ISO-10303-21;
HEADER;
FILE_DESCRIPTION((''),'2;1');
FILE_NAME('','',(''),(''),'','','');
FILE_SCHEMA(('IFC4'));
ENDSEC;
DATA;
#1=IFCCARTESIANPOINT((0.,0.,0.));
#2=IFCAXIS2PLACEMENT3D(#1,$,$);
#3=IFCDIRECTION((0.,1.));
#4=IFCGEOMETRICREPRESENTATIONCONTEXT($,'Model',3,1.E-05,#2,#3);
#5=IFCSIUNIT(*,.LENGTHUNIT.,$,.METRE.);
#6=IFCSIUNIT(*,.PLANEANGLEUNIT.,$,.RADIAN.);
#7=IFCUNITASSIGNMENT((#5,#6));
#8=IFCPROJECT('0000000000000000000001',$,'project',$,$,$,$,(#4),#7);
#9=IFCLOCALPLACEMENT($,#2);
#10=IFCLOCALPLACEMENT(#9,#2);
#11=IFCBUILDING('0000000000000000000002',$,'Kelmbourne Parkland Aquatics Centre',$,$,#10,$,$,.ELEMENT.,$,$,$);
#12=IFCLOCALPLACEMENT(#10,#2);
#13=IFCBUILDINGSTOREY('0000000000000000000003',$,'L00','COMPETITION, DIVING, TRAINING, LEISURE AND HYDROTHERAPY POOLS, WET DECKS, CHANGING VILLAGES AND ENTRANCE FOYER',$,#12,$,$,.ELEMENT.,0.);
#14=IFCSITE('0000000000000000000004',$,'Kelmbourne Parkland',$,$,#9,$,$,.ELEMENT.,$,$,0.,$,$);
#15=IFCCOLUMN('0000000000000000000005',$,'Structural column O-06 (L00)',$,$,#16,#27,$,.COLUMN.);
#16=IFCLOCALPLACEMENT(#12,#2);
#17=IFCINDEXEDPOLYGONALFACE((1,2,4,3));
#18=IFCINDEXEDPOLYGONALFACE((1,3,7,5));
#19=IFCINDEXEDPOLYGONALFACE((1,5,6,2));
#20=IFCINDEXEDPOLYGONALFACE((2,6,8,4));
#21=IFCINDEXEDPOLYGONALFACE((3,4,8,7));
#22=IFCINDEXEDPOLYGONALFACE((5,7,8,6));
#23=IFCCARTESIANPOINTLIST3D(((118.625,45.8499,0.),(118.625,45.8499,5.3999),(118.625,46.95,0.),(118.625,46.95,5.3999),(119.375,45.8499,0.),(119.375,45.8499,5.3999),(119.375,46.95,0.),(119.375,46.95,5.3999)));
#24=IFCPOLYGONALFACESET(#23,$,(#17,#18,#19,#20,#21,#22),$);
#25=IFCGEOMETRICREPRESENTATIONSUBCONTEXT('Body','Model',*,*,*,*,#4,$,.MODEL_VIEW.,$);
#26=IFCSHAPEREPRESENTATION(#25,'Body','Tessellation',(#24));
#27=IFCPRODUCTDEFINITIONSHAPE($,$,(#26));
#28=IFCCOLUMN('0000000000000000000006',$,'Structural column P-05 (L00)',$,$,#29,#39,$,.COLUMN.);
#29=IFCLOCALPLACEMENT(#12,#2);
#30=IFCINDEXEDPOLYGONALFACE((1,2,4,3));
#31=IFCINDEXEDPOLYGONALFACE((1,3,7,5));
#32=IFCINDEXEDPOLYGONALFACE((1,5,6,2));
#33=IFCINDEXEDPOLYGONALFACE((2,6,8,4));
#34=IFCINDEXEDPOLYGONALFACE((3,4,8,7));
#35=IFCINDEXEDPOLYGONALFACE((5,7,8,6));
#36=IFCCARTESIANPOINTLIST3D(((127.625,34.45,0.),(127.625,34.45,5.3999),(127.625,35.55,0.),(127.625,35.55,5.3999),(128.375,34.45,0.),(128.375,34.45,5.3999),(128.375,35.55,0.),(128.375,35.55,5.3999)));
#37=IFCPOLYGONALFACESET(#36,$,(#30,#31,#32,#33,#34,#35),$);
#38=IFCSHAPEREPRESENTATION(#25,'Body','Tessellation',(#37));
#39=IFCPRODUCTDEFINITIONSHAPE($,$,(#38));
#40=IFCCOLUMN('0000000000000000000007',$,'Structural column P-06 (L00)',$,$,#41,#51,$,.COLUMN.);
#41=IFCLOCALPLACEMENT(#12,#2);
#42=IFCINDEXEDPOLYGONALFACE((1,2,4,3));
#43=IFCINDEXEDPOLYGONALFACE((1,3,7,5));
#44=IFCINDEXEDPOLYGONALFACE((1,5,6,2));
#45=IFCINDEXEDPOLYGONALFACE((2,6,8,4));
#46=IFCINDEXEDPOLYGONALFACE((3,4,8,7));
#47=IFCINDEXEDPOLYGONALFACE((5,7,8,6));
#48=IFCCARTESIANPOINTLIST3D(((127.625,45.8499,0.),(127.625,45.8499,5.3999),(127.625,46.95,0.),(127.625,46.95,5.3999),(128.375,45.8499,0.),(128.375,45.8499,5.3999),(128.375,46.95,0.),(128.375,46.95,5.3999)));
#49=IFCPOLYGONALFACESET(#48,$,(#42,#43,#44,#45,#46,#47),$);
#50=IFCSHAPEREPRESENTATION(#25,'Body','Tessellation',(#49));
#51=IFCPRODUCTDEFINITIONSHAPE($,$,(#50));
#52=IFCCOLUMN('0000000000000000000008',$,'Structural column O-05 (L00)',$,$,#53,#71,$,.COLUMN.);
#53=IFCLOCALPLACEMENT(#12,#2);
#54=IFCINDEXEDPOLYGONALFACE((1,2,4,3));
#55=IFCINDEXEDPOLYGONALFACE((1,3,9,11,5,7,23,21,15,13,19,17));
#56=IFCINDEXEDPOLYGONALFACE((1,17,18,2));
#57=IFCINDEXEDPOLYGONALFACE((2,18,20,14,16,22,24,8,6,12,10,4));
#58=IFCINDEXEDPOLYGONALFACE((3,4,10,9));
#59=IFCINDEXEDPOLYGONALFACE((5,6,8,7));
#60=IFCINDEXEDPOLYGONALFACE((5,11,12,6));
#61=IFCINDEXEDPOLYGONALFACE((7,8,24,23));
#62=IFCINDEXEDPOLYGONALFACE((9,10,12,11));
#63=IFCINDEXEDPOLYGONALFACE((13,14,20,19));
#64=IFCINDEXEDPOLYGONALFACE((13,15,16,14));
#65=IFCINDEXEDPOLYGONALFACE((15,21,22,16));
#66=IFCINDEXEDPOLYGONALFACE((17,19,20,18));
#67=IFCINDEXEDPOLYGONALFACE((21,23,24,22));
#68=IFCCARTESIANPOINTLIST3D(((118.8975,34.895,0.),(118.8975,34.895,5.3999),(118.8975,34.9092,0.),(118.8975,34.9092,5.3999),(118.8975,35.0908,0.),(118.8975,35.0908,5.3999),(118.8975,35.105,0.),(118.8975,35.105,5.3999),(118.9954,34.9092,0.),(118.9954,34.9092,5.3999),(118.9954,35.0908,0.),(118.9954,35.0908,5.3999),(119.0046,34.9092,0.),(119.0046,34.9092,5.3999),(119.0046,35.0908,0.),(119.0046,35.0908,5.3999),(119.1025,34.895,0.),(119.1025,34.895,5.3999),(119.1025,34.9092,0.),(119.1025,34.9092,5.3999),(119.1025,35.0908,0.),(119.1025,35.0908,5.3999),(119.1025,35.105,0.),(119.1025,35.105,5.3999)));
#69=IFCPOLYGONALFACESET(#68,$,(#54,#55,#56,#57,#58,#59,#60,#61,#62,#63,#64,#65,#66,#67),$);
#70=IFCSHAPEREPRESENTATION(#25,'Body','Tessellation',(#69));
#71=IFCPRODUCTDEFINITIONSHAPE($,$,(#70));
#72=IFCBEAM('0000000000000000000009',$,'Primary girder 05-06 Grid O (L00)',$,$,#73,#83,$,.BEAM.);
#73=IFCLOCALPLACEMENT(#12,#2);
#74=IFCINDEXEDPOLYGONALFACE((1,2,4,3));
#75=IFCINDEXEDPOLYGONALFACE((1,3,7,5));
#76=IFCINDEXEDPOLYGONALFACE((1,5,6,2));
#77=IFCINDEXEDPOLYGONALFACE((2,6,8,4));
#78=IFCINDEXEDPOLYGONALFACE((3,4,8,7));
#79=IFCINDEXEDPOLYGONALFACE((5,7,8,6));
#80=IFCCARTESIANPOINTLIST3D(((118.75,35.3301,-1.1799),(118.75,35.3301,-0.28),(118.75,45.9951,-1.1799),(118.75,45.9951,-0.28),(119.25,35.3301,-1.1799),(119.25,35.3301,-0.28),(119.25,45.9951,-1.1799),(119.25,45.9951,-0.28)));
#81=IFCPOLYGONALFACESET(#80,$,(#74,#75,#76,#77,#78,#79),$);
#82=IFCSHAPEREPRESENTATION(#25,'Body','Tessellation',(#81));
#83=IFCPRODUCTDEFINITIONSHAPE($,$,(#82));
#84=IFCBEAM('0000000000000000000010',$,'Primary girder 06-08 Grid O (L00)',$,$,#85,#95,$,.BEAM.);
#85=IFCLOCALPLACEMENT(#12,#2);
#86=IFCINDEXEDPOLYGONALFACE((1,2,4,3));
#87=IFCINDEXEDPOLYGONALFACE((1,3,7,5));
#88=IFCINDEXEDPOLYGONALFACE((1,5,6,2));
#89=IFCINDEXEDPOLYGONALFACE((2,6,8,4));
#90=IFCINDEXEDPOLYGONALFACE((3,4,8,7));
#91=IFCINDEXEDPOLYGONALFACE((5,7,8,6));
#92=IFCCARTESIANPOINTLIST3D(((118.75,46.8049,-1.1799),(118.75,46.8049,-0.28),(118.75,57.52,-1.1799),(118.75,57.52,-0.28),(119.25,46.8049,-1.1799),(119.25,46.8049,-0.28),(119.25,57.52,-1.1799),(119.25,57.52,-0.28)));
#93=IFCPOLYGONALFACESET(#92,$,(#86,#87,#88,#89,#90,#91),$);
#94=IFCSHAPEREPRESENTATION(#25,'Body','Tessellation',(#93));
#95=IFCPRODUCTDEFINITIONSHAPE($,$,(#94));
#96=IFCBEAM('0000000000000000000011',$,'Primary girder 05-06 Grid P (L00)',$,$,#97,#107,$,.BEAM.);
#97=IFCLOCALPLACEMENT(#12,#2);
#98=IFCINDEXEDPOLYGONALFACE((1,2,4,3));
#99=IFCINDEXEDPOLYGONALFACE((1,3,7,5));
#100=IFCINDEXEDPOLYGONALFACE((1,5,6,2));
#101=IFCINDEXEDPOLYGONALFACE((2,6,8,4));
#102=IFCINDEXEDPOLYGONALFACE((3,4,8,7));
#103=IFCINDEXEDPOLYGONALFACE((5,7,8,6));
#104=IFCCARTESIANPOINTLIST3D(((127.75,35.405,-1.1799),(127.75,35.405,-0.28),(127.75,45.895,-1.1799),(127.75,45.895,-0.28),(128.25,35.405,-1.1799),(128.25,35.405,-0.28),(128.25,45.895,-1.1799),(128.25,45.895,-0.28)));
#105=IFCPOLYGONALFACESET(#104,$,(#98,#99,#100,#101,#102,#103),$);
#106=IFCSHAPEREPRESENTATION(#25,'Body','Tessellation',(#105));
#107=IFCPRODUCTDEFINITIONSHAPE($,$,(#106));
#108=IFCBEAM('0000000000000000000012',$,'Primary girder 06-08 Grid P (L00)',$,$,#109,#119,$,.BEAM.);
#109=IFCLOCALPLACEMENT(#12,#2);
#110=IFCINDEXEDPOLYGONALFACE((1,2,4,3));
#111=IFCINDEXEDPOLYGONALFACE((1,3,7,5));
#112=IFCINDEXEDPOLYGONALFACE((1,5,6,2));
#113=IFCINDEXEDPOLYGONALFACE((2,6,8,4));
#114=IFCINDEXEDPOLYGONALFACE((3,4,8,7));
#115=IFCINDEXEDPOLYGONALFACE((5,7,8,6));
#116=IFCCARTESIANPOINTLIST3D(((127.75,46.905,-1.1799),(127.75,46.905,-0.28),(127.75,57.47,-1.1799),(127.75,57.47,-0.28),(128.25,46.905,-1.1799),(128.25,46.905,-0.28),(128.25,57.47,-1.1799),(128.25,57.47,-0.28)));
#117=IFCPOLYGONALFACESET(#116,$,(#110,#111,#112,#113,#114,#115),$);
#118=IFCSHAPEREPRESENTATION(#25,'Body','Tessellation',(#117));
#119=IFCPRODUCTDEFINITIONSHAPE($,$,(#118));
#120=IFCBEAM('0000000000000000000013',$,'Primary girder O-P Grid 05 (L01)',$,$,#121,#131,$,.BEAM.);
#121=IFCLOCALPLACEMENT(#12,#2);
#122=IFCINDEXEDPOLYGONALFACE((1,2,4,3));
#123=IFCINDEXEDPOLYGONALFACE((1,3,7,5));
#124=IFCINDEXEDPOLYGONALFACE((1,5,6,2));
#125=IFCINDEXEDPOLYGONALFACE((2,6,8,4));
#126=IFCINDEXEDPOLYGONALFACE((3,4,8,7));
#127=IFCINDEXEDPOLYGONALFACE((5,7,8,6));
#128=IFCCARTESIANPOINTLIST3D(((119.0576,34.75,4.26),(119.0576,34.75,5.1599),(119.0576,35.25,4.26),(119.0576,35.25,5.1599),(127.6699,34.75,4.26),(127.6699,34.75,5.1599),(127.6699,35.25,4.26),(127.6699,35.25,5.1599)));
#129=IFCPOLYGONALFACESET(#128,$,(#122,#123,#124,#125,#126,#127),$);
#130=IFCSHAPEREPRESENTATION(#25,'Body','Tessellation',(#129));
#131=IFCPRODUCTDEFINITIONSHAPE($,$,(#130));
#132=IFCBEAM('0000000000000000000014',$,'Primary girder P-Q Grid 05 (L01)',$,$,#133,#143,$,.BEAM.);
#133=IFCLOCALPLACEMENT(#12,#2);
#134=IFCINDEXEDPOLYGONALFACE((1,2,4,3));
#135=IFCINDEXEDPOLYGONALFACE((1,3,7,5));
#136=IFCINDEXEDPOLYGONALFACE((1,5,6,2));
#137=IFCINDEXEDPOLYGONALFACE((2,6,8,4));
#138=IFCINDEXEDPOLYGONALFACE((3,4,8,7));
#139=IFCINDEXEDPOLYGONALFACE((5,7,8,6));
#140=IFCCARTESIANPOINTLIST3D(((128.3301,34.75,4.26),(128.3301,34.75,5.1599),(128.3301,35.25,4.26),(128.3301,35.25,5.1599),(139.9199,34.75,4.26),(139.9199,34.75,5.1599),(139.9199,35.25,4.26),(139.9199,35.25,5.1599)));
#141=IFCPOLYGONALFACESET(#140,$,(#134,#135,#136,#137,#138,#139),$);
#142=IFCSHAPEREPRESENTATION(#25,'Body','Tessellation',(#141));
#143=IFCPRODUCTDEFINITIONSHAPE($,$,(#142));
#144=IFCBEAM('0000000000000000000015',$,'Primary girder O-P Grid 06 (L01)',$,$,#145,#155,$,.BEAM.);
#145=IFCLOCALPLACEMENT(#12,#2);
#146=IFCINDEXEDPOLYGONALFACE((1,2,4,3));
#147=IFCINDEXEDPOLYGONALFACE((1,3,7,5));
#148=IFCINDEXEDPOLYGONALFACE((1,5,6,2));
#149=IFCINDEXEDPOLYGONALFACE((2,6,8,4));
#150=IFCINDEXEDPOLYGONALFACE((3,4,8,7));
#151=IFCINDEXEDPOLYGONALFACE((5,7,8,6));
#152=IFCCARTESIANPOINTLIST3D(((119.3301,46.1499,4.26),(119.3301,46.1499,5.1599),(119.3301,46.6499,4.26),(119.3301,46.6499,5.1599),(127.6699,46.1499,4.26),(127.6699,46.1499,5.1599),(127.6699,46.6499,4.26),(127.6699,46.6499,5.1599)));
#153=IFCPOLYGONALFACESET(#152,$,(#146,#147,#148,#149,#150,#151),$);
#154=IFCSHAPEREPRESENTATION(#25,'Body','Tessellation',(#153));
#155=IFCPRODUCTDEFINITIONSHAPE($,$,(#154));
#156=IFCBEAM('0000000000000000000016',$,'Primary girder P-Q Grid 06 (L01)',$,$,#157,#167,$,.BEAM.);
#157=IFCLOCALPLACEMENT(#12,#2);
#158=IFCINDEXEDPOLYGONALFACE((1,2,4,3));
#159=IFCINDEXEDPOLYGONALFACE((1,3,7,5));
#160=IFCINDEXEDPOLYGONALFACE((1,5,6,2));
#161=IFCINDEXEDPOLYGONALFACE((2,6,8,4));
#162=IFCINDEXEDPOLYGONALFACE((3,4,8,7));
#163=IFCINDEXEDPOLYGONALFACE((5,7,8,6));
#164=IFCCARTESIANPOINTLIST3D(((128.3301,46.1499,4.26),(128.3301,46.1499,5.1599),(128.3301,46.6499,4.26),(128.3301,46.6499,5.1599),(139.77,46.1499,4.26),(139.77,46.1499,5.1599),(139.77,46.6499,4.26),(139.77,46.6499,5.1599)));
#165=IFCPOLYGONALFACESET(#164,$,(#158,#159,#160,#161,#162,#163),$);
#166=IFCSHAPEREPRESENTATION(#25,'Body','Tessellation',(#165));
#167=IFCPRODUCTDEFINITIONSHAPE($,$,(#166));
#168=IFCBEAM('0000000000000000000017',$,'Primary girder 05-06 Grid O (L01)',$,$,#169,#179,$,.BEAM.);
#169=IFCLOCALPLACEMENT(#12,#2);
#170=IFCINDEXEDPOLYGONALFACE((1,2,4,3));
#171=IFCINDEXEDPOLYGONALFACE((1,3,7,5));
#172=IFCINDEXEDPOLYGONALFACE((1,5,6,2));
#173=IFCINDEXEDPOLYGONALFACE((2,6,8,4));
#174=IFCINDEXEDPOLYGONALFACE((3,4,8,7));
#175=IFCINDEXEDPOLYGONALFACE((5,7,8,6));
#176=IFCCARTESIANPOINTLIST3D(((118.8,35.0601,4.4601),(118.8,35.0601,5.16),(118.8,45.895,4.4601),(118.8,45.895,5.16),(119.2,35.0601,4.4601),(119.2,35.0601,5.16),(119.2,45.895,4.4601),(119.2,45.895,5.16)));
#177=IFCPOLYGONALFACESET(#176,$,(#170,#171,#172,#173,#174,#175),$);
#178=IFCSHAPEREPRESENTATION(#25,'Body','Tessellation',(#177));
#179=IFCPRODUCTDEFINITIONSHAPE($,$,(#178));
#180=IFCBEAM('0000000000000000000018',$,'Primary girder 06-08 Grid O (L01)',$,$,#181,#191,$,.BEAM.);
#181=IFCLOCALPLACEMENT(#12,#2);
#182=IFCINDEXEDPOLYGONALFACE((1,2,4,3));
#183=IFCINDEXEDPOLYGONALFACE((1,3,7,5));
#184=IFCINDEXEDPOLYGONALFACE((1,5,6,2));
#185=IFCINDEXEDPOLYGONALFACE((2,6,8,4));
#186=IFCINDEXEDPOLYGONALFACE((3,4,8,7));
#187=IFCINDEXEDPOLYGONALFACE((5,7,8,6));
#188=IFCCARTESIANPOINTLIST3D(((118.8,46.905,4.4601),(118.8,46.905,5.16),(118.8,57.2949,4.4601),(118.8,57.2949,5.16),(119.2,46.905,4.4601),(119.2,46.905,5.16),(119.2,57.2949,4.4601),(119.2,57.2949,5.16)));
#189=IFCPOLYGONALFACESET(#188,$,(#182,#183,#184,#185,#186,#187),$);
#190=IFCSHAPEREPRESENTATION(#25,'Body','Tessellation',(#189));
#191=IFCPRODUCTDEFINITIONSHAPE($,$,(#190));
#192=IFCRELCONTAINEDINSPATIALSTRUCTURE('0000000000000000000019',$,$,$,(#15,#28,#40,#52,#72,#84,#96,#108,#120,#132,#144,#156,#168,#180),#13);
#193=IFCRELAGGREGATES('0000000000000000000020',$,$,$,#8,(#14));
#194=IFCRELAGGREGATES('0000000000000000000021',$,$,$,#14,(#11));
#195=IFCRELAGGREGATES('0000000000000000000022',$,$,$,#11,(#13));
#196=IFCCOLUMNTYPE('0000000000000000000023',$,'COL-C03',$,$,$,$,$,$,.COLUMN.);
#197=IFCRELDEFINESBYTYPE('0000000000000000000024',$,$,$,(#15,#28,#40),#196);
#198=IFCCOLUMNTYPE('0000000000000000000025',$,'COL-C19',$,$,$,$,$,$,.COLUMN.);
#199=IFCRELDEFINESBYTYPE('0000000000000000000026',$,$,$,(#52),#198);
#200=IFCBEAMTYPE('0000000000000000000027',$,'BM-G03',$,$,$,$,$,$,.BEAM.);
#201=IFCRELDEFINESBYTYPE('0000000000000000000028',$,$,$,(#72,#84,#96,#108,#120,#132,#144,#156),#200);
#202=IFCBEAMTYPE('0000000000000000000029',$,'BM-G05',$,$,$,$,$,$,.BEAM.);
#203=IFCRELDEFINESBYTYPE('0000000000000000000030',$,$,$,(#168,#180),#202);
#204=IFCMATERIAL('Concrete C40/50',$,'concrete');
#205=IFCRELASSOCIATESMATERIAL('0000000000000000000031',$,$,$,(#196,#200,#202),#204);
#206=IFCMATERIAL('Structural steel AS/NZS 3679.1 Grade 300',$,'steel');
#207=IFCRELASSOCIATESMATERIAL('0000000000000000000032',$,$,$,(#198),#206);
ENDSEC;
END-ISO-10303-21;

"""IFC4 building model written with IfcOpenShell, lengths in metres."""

from ifc_helpers import new_model, si_unit, direction, frame, origin, origin_2d, place, context, subcontext, project, spatial, rectangle, i_section, extrude, material, material_profile, profile_set, type_object, element, save


model = new_model("IFC4")

# Units and contexts
model_context = context("Model", 3, precision=1e-05, world=origin(), true_north=direction((0.0, 1.0)))
body_context = subcontext(model_context, "Body", "Model", "MODEL_VIEW")
ifc_project = project(units=[si_unit("LENGTHUNIT", "METRE"), si_unit("PLANEANGLEUNIT", "RADIAN")], contexts=[model_context])

# Site, building, storey
site_placement = place(None, origin())
site = spatial("IfcSite", under=ifc_project, at=site_placement, Name="Kelmbourne Parkland", CompositionType="ELEMENT", RefElevation=0.0)
building_placement = place(site_placement, origin())
building = spatial("IfcBuilding", under=site, at=building_placement, Name="Kelmbourne Parkland Aquatics Centre", CompositionType="ELEMENT")
storey_placement = place(building_placement, origin())
storey = spatial("IfcBuildingStorey", under=building, at=storey_placement, Name="L00", Description="COMPETITION, DIVING, TRAINING, LEISURE AND HYDROTHERAPY POOLS, WET DECKS, CHANGING VILLAGES AND ENTRANCE FOYER", CompositionType="ELEMENT", Elevation=0.0)

# Columns
ifc_material_1 = material(Name="Concrete C40/50", Category="concrete")
ifc_material_profile_1 = material_profile(ifc_material_1, rectangle(XDim=0.75, YDim=1.1001, at=origin_2d()), Name="RC 750x1100")
ifc_profile_set_1 = profile_set([ifc_material_profile_1], Name="Concrete C40/50")
column_type_1 = type_object("IfcColumnType", Name="COL-C03", PredefinedType="COLUMN", material=ifc_profile_set_1)
for number, where, z_axis, x_axis, name in (
    (1, (119.0, 46.3999, 0.0), (0.0, 0.0, 1.0), (1.0, 0.0, 0.0), "Structural column O-06 (L00)"),
    (2, (128.0, 35.0, 0.0), (0.0, 0.0, 1.0), (1.0, 0.0, 0.0), "Structural column P-05 (L00)"),
    (3, (128.0, 46.3999, 0.0), (0.0, 0.0, 1.0), (1.0, 0.0, 0.0), "Structural column P-06 (L00)"),
):
    element("IfcColumn", number, at=place(storey_placement, frame(where, z_axis=z_axis, x_axis=x_axis)), inside=storey, type_object=column_type_1, Name=name, PredefinedType="COLUMN", context=body_context, shape_type="SweptSolid", body=[
        extrude(rectangle(XDim=0.75, YDim=1.1001, at=origin_2d()), origin(), (0.0, 0.0, 1.0), 5.3999),
    ])
ifc_material_2 = material(Name="Structural steel AS/NZS 3679.1 Grade 300", Category="steel")
ifc_material_profile_2 = material_profile(ifc_material_2, i_section(OverallWidth=0.2051, OverallDepth=0.21, WebThickness=0.0093, FlangeThickness=0.0142, at=origin_2d()), Name="200UC59.5")
ifc_profile_set_2 = profile_set([ifc_material_profile_2], Name="Structural steel AS/NZS 3679.1 Grade 300")
column_type_2 = type_object("IfcColumnType", Name="COL-C19", PredefinedType="COLUMN", material=ifc_profile_set_2)
column_placement = place(storey_placement, frame((119.0, 35.0, 0.0), z_axis=(0.0, 0.0, 1.0), x_axis=(1.0, 0.0, 0.0)))
element("IfcColumn", 4, at=column_placement, inside=storey, type_object=column_type_2, Name="Structural column O-05 (L00)", PredefinedType="COLUMN", context=body_context, shape_type="SweptSolid", body=[
    extrude(i_section(OverallWidth=0.2051, OverallDepth=0.21, WebThickness=0.0093, FlangeThickness=0.0142, at=origin_2d()), origin(), (0.0, 0.0, 1.0), 5.3999),
])

# Beams
ifc_material_profile_3 = material_profile(ifc_material_1, rectangle(XDim=0.5, YDim=0.8999, at=origin_2d()), Name="RC 500x900")
ifc_profile_set_3 = profile_set([ifc_material_profile_3], Name="Concrete C40/50")
beam_type_1 = type_object("IfcBeamType", Name="BM-G03", PredefinedType="BEAM", material=ifc_profile_set_3)
beam_1_placement = place(storey_placement, frame((119.0, 35.3301, -0.73), z_axis=(0.0, 1.0, 0.0), x_axis=(-1.0, 0.0, 0.0)))
element("IfcBeam", 5, at=beam_1_placement, inside=storey, type_object=beam_type_1, Name="Primary girder 05-06 Grid O (L00)", PredefinedType="BEAM", context=body_context, shape_type="SweptSolid", body=[
    extrude(rectangle(XDim=0.5, YDim=0.8999, at=origin_2d()), origin(), (0.0, 0.0, 1.0), 10.665),
])
beam_2_placement = place(storey_placement, frame((119.0, 46.8049, -0.73), z_axis=(0.0, 1.0, 0.0), x_axis=(-1.0, 0.0, 0.0)))
element("IfcBeam", 6, at=beam_2_placement, inside=storey, type_object=beam_type_1, Name="Primary girder 06-08 Grid O (L00)", PredefinedType="BEAM", context=body_context, shape_type="SweptSolid", body=[
    extrude(rectangle(XDim=0.5, YDim=0.8999, at=origin_2d()), origin(), (0.0, 0.0, 1.0), 10.7151),
])
beam_3_placement = place(storey_placement, frame((128.0, 35.405, -0.73), z_axis=(0.0, 1.0, 0.0), x_axis=(-1.0, 0.0, 0.0)))
element("IfcBeam", 7, at=beam_3_placement, inside=storey, type_object=beam_type_1, Name="Primary girder 05-06 Grid P (L00)", PredefinedType="BEAM", context=body_context, shape_type="SweptSolid", body=[
    extrude(rectangle(XDim=0.5, YDim=0.8999, at=origin_2d()), origin(), (0.0, 0.0, 1.0), 10.49),
])
beam_4_placement = place(storey_placement, frame((128.0, 46.905, -0.73), z_axis=(0.0, 1.0, 0.0), x_axis=(-1.0, 0.0, 0.0)))
element("IfcBeam", 8, at=beam_4_placement, inside=storey, type_object=beam_type_1, Name="Primary girder 06-08 Grid P (L00)", PredefinedType="BEAM", context=body_context, shape_type="SweptSolid", body=[
    extrude(rectangle(XDim=0.5, YDim=0.8999, at=origin_2d()), origin(), (0.0, 0.0, 1.0), 10.5649),
])
beam_5_placement = place(storey_placement, frame((119.0576, 35.0, 4.71), z_axis=(1.0, 0.0, 0.0), x_axis=(0.0, 1.0, 0.0)))
element("IfcBeam", 9, at=beam_5_placement, inside=storey, type_object=beam_type_1, Name="Primary girder O-P Grid 05 (L01)", PredefinedType="BEAM", context=body_context, shape_type="SweptSolid", body=[
    extrude(rectangle(XDim=0.5, YDim=0.8999, at=origin_2d()), origin(), (0.0, 0.0, 1.0), 8.6123),
])
beam_6_placement = place(storey_placement, frame((128.3301, 35.0, 4.71), z_axis=(1.0, 0.0, 0.0), x_axis=(0.0, 1.0, 0.0)))
element("IfcBeam", 10, at=beam_6_placement, inside=storey, type_object=beam_type_1, Name="Primary girder P-Q Grid 05 (L01)", PredefinedType="BEAM", context=body_context, shape_type="SweptSolid", body=[
    extrude(rectangle(XDim=0.5, YDim=0.8999, at=origin_2d()), origin(), (0.0, 0.0, 1.0), 11.5898),
])
beam_7_placement = place(storey_placement, frame((119.3301, 46.3999, 4.71), z_axis=(1.0, 0.0, 0.0), x_axis=(0.0, 1.0, 0.0)))
element("IfcBeam", 11, at=beam_7_placement, inside=storey, type_object=beam_type_1, Name="Primary girder O-P Grid 06 (L01)", PredefinedType="BEAM", context=body_context, shape_type="SweptSolid", body=[
    extrude(rectangle(XDim=0.5, YDim=0.8999, at=origin_2d()), origin(), (0.0, 0.0, 1.0), 8.3398),
])
beam_8_placement = place(storey_placement, frame((128.3301, 46.3999, 4.71), z_axis=(1.0, 0.0, 0.0), x_axis=(0.0, 1.0, 0.0)))
element("IfcBeam", 12, at=beam_8_placement, inside=storey, type_object=beam_type_1, Name="Primary girder P-Q Grid 06 (L01)", PredefinedType="BEAM", context=body_context, shape_type="SweptSolid", body=[
    extrude(rectangle(XDim=0.5, YDim=0.8999, at=origin_2d()), origin(), (0.0, 0.0, 1.0), 11.4399),
])
ifc_material_profile_4 = material_profile(ifc_material_1, rectangle(XDim=0.3999, YDim=0.7, at=origin_2d()), Name="RC 400x700")
ifc_profile_set_4 = profile_set([ifc_material_profile_4], Name="Concrete C40/50")
beam_type_2 = type_object("IfcBeamType", Name="BM-G05", PredefinedType="BEAM", material=ifc_profile_set_4)
beam_9_placement = place(storey_placement, frame((119.0, 35.0601, 4.8101), z_axis=(0.0, 1.0, 0.0), x_axis=(-1.0, 0.0, 0.0)))
element("IfcBeam", 13, at=beam_9_placement, inside=storey, type_object=beam_type_2, Name="Primary girder 05-06 Grid O (L01)", PredefinedType="BEAM", context=body_context, shape_type="SweptSolid", body=[
    extrude(rectangle(XDim=0.3999, YDim=0.7, at=origin_2d()), origin(), (0.0, 0.0, 1.0), 10.835),
])
beam_10_placement = place(storey_placement, frame((119.0, 46.905, 4.8101), z_axis=(0.0, 1.0, 0.0), x_axis=(-1.0, 0.0, 0.0)))
element("IfcBeam", 14, at=beam_10_placement, inside=storey, type_object=beam_type_2, Name="Primary girder 06-08 Grid O (L01)", PredefinedType="BEAM", context=body_context, shape_type="SweptSolid", body=[
    extrude(rectangle(XDim=0.3999, YDim=0.7, at=origin_2d()), origin(), (0.0, 0.0, 1.0), 10.3899),
])

save(model, "model.ifc")
